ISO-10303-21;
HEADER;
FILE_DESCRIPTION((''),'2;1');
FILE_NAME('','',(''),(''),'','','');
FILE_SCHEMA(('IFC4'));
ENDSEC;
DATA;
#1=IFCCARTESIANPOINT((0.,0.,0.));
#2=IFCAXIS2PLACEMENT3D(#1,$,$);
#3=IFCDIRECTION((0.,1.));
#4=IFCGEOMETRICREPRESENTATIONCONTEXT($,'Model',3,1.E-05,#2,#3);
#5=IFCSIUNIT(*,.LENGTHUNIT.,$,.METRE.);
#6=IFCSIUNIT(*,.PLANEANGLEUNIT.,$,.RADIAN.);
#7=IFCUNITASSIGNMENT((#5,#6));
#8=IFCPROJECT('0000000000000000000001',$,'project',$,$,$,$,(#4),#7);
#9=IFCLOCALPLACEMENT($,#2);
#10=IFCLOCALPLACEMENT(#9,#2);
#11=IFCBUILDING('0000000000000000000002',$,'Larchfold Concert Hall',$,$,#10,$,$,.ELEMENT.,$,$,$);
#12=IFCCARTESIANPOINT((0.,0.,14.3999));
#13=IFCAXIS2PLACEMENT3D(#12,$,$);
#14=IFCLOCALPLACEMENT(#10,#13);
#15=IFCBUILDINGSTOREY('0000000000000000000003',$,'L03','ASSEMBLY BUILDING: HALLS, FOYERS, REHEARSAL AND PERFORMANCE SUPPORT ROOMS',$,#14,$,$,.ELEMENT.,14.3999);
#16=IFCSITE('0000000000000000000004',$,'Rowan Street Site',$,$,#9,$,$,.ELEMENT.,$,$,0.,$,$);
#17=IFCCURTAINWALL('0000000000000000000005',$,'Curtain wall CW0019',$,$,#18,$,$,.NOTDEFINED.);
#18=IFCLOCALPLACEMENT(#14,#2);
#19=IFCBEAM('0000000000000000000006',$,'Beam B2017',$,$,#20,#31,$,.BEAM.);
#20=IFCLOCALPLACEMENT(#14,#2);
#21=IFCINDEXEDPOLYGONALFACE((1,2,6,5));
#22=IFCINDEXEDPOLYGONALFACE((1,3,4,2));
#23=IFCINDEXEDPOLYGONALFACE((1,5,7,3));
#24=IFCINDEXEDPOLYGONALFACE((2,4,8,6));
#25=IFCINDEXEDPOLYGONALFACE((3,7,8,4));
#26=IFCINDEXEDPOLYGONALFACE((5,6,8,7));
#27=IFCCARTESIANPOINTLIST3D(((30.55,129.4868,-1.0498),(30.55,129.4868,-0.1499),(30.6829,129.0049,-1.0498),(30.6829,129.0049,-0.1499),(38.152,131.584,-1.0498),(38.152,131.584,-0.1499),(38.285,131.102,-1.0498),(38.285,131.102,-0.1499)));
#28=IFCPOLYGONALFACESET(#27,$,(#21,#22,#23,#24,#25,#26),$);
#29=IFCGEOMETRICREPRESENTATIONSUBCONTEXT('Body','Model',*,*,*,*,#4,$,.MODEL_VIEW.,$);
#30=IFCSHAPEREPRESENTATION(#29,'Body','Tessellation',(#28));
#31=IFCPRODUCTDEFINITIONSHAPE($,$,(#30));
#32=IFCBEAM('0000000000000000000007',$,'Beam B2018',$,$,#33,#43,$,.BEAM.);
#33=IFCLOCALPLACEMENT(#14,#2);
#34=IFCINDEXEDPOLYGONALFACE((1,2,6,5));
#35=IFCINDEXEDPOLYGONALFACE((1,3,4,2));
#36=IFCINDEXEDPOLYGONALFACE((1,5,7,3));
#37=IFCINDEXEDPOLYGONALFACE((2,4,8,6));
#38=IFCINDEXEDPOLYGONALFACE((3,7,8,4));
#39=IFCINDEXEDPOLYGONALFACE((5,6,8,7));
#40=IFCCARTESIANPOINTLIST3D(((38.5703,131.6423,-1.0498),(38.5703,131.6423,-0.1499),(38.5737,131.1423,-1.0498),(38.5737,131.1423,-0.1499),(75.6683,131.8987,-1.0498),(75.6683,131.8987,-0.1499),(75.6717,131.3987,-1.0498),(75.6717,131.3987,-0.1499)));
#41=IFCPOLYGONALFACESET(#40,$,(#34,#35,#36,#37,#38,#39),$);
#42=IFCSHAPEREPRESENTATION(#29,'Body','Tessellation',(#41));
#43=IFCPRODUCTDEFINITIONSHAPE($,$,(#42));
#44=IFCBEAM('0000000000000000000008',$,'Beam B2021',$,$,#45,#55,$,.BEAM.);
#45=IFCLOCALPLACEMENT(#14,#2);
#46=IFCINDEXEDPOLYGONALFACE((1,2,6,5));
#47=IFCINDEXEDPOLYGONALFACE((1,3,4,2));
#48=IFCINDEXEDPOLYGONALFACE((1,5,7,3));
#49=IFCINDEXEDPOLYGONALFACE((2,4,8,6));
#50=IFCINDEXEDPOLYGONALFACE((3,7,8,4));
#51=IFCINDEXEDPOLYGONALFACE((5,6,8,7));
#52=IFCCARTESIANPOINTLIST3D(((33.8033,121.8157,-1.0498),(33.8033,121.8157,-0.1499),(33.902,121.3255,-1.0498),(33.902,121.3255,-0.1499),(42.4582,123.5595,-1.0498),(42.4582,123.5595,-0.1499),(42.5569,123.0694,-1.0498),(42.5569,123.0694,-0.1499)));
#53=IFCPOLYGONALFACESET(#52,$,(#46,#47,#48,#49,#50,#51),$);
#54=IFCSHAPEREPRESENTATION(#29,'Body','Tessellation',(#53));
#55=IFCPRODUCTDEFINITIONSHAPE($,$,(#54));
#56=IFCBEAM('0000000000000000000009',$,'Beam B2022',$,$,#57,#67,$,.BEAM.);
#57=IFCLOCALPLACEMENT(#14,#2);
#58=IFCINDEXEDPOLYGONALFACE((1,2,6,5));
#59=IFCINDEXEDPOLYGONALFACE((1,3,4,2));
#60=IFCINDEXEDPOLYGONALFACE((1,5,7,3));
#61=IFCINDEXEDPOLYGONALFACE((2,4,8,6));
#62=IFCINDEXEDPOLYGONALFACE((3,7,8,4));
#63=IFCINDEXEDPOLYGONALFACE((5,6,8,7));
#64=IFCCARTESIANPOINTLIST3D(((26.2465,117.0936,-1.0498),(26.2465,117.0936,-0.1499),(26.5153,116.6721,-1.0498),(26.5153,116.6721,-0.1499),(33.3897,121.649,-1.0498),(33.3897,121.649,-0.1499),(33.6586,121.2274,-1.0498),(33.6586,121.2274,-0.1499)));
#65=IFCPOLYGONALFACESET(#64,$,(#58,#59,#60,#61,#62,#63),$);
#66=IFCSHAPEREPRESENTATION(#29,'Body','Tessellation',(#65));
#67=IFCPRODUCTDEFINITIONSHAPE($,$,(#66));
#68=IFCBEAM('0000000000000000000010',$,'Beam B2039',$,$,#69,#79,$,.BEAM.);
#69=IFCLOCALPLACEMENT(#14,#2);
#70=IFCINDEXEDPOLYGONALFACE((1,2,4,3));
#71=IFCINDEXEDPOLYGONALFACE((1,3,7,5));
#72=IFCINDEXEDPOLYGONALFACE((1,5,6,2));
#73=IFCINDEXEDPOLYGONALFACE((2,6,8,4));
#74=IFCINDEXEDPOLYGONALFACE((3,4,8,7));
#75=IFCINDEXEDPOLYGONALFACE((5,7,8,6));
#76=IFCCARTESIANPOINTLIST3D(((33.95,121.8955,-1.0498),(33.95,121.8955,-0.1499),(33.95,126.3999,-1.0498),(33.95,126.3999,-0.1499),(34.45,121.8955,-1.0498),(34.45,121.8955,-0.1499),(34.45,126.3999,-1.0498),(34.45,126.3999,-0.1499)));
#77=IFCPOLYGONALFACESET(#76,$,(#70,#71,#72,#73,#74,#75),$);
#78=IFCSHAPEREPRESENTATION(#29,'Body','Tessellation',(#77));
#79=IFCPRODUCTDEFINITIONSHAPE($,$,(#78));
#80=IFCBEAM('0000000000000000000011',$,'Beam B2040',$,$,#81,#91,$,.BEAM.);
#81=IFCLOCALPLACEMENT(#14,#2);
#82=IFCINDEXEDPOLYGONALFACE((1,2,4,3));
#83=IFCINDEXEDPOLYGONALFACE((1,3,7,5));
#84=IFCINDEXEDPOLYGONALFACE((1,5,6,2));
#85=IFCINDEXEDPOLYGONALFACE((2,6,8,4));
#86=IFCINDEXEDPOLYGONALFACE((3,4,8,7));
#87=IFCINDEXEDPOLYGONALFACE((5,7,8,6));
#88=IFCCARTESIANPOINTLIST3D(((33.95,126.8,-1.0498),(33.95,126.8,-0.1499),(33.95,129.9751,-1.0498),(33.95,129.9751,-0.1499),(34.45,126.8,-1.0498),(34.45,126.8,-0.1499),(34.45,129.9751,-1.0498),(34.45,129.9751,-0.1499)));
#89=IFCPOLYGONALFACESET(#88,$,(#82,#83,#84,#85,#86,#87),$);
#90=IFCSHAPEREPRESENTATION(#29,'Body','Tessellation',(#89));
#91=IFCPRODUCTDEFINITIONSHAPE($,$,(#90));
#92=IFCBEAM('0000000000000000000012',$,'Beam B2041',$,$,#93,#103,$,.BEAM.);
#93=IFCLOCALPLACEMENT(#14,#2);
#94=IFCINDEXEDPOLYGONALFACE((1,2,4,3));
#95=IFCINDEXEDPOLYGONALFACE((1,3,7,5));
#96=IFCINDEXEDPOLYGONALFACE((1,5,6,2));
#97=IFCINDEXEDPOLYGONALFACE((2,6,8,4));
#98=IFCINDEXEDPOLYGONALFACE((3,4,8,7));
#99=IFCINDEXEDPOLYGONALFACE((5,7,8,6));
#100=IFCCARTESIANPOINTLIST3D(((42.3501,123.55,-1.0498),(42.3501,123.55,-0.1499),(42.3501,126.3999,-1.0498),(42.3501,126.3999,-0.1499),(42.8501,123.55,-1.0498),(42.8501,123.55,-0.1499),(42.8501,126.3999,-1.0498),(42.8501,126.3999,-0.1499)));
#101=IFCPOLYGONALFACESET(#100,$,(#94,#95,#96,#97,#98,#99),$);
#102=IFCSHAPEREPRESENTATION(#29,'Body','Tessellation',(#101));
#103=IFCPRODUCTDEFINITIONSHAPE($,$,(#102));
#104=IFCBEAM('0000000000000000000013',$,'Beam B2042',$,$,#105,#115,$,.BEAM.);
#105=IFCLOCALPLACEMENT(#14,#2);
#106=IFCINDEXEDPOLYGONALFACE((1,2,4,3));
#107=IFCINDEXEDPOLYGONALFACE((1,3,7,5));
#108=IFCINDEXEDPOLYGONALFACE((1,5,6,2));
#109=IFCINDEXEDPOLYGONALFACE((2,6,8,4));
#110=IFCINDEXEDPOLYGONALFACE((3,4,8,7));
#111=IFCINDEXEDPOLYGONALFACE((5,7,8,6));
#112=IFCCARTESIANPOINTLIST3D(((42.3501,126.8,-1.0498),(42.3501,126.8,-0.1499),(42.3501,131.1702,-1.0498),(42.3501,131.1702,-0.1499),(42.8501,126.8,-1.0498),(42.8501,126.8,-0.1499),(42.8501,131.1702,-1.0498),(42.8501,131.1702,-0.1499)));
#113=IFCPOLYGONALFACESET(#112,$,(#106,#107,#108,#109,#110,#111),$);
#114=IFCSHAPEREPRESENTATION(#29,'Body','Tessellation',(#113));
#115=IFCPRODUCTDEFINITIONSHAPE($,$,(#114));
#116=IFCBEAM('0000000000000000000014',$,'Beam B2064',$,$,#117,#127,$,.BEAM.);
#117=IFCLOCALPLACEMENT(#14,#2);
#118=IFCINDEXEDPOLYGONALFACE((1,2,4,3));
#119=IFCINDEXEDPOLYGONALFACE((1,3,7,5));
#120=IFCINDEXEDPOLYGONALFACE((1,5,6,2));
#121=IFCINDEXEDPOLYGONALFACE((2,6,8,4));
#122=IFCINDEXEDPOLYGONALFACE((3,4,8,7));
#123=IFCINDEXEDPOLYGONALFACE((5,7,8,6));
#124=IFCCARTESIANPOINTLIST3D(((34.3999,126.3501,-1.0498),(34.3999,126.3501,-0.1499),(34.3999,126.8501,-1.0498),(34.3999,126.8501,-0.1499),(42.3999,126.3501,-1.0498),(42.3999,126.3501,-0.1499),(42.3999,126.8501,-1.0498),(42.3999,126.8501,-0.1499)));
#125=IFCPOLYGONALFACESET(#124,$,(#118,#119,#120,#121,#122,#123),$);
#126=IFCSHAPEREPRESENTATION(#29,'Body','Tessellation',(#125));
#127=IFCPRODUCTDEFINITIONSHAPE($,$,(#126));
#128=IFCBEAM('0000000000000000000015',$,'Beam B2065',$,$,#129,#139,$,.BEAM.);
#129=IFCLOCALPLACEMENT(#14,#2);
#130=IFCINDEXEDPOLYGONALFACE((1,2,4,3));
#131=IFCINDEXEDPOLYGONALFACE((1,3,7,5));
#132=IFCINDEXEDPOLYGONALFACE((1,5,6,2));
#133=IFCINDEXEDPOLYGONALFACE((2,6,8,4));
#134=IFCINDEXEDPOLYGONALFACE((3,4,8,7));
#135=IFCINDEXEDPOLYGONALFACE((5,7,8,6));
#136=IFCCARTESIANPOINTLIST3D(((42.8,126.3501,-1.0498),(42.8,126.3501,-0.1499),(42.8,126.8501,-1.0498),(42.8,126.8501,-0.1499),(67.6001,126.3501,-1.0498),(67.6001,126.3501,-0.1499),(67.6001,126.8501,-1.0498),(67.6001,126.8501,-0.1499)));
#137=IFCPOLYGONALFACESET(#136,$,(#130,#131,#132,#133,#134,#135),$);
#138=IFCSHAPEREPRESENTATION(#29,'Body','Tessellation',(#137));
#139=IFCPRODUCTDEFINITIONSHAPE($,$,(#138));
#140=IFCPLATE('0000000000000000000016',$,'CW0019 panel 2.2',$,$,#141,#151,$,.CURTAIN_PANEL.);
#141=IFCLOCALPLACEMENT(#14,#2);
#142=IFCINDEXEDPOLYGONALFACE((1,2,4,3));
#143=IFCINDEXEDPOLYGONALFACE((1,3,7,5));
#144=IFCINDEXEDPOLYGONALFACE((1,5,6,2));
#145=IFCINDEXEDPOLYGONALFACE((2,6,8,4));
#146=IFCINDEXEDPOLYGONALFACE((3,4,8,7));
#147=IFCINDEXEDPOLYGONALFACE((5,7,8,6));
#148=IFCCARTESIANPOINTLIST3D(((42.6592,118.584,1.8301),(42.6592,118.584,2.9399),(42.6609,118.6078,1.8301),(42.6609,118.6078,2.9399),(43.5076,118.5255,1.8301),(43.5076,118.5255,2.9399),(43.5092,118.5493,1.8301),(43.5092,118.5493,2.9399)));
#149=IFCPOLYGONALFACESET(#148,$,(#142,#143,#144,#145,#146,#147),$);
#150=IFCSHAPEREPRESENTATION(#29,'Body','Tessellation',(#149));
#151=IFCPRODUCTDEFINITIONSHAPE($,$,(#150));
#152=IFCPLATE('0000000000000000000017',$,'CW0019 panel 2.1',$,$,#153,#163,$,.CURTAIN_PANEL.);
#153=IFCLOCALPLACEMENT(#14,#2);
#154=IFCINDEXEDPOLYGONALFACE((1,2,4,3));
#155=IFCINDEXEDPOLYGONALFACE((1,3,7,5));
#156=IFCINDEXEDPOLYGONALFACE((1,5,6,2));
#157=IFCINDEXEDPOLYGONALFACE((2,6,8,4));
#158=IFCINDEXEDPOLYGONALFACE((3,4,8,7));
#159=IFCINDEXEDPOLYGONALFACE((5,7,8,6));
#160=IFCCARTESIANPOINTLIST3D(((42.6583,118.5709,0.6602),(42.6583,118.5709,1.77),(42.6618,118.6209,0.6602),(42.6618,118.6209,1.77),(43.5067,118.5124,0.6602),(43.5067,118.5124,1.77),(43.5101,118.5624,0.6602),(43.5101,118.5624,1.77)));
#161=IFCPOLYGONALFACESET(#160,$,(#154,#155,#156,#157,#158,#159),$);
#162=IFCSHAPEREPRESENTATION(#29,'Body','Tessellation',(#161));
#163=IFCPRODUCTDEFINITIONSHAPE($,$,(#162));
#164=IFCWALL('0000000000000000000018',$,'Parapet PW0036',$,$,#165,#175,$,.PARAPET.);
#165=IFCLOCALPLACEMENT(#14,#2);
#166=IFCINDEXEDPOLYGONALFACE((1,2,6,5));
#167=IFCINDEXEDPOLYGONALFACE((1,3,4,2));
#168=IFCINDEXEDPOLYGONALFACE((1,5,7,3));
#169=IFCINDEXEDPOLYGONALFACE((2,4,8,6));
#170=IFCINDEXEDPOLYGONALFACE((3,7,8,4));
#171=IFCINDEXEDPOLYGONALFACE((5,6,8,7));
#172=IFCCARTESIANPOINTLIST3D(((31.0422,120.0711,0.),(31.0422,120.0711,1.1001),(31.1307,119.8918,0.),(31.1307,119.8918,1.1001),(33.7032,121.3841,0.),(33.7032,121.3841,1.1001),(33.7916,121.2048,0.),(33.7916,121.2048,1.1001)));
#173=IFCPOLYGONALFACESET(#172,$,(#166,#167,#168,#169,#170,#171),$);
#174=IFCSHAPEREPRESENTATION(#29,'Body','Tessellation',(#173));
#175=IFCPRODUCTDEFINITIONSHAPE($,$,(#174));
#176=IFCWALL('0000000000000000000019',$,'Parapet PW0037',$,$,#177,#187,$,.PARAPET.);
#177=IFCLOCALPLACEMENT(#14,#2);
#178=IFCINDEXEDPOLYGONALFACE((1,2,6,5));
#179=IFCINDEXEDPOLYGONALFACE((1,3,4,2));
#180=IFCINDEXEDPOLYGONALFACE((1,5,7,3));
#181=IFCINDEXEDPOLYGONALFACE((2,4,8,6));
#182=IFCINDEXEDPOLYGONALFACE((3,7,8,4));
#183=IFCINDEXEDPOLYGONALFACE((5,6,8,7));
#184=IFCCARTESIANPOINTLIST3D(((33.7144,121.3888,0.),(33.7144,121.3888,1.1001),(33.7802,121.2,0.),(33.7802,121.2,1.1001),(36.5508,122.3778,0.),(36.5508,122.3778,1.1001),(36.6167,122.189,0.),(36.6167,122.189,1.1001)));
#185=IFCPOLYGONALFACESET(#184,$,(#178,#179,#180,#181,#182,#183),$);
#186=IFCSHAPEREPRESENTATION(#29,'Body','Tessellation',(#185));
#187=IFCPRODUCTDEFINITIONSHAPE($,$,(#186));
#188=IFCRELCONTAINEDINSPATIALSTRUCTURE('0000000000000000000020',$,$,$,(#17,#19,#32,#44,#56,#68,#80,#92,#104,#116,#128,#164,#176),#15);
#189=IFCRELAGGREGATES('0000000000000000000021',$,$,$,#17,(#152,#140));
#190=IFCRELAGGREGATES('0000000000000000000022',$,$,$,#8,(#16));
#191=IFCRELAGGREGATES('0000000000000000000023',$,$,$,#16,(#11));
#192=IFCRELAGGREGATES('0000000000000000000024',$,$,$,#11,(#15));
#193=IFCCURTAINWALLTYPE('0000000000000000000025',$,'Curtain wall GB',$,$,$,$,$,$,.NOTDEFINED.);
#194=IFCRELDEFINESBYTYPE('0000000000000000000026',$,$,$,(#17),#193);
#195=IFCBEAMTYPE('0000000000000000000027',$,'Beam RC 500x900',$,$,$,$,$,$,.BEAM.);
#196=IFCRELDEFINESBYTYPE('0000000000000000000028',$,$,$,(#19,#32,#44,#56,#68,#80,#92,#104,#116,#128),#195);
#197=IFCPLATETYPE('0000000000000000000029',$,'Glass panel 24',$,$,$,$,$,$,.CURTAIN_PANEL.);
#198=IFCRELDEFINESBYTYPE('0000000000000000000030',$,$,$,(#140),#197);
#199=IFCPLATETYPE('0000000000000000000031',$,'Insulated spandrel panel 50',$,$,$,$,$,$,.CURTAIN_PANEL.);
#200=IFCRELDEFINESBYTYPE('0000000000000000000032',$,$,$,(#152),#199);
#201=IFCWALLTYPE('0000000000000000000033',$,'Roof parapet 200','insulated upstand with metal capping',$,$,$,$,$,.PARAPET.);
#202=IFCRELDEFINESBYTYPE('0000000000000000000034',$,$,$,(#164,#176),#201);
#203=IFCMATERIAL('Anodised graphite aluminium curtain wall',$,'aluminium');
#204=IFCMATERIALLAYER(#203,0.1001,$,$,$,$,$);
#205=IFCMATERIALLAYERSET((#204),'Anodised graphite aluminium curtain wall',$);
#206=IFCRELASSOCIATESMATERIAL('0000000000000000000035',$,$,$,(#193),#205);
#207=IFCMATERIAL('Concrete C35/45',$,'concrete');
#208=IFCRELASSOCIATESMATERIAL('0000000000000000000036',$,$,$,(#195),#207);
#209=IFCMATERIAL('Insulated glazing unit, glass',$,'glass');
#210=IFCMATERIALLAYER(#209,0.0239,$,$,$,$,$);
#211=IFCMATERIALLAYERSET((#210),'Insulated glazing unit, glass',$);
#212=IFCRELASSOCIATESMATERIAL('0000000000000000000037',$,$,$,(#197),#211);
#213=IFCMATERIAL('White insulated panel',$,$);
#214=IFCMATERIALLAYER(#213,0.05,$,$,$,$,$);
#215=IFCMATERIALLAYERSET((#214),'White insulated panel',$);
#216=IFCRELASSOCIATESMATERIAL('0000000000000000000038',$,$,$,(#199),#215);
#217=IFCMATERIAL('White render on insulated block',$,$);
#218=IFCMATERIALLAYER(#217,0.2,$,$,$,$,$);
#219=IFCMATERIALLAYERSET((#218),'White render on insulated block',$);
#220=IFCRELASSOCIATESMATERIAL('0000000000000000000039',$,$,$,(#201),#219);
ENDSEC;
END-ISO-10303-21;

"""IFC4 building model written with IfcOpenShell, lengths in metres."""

from ifc_helpers import new_model, si_unit, direction, frame, frame_2d, origin, origin_2d, place, context, subcontext, project, spatial, rectangle, extrude, material, layer, layer_set, material_profile, profile_set, type_object, element, aggregate, save


model = new_model("IFC4")

# Units and contexts
model_context = context("Model", 3, precision=1e-05, world=origin(), true_north=direction((0.0, 1.0)))
body_context = subcontext(model_context, "Body", "Model", "MODEL_VIEW")
ifc_project = project(units=[si_unit("LENGTHUNIT", "METRE"), si_unit("PLANEANGLEUNIT", "RADIAN")], contexts=[model_context])

# Site, building, storey
site_placement = place(None, origin())
site = spatial("IfcSite", under=ifc_project, at=site_placement, Name="Rowan Street Site", CompositionType="ELEMENT", RefElevation=0.0)
building_placement = place(site_placement, origin())
building = spatial("IfcBuilding", under=site, at=building_placement, Name="Larchfold Concert Hall", CompositionType="ELEMENT")
storey_placement = place(building_placement, frame((0.0, 0.0, 14.3999)))
storey = spatial("IfcBuildingStorey", under=building, at=storey_placement, Name="L03", Description="ASSEMBLY BUILDING: HALLS, FOYERS, REHEARSAL AND PERFORMANCE SUPPORT ROOMS", CompositionType="ELEMENT", Elevation=14.3999)

# Curtain wall
ifc_material_1 = material(Name="Anodised graphite aluminium curtain wall", Category="aluminium")
ifc_layer_1 = layer(ifc_material_1, 0.1001)
ifc_layer_set_1 = layer_set([ifc_layer_1], Name="Anodised graphite aluminium curtain wall")
curtain_wall_type = type_object("IfcCurtainWallType", Name="Curtain wall GB", PredefinedType="NOTDEFINED", material=ifc_layer_set_1)
curtain_wall_1_placement = place(storey_placement, origin())
curtain_wall_1 = element("IfcCurtainWall", 1, at=curtain_wall_1_placement, inside=storey, type_object=curtain_wall_type, Name="Curtain wall CW0019", PredefinedType="NOTDEFINED")

# Beams
ifc_material_2 = material(Name="Concrete C35/45", Category="concrete")
ifc_material_profile_1 = material_profile(ifc_material_2, rectangle(XDim=0.5, YDim=0.8999, at=origin_2d()))
ifc_profile_set_1 = profile_set([ifc_material_profile_1], Name="Concrete C35/45")
beam_type = type_object("IfcBeamType", Name="Beam RC 500x900", PredefinedType="BEAM", material=ifc_profile_set_1)
beam_1_placement = place(storey_placement, frame((30.6165, 129.2458, -0.5999), z_axis=(0.963991, 0.265935, 0.0), x_axis=(-0.265935, 0.963991, 0.0)))
element("IfcBeam", 2, at=beam_1_placement, inside=storey, type_object=beam_type, Name="Beam B2017", PredefinedType="BEAM", context=body_context, shape_type="SweptSolid", body=[
    extrude(rectangle(XDim=0.5, YDim=0.8999, at=origin_2d()), origin(), (0.0, 0.0, 1.0), 7.886),
])
beam_2_placement = place(storey_placement, frame((38.572, 131.3923, -0.5999), z_axis=(0.999976, 0.00691, 0.0), x_axis=(-0.00691, 0.999976, 0.0)))
element("IfcBeam", 3, at=beam_2_placement, inside=storey, type_object=beam_type, Name="Beam B2018", PredefinedType="BEAM", context=body_context, shape_type="SweptSolid", body=[
    extrude(rectangle(XDim=0.5, YDim=0.8999, at=origin_2d()), origin(), (0.0, 0.0, 1.0), 37.0989),
])
beam_3_placement = place(storey_placement, frame((42.5076, 123.3145, -0.5999), z_axis=(-0.980299, -0.19752, 0.0), x_axis=(0.19752, -0.980299, 0.0)))
element("IfcBeam", 4, at=beam_3_placement, inside=storey, type_object=beam_type, Name="Beam B2021", PredefinedType="BEAM", context=body_context, shape_type="SweptSolid", body=[
    extrude(rectangle(XDim=0.5, YDim=0.8999, at=origin_2d()), origin(), (0.0, 0.0, 1.0), 8.8289),
])
beam_4_placement = place(storey_placement, frame((33.5242, 121.4382, -0.5999), z_axis=(-0.843144, -0.537688, 0.0), x_axis=(0.537688, -0.843144, 0.0)))
element("IfcBeam", 5, at=beam_4_placement, inside=storey, type_object=beam_type, Name="Beam B2022", PredefinedType="BEAM", context=body_context, shape_type="SweptSolid", body=[
    extrude(rectangle(XDim=0.5, YDim=0.8999, at=origin_2d()), origin(), (0.0, 0.0, 1.0), 8.4722),
])
beam_5_placement = place(storey_placement, frame((34.2, 121.8955, -0.5999), z_axis=(0.0, 1.0, 0.0), x_axis=(-1.0, 0.0, 0.0)))
element("IfcBeam", 6, at=beam_5_placement, inside=storey, type_object=beam_type, Name="Beam B2039", PredefinedType="BEAM", context=body_context, shape_type="SweptSolid", body=[
    extrude(rectangle(XDim=0.5, YDim=0.8999, at=origin_2d()), origin(), (0.0, 0.0, 1.0), 4.5044),
])
beam_6_placement = place(storey_placement, frame((34.2, 126.8, -0.5999), z_axis=(0.0, 1.0, 0.0), x_axis=(-1.0, 0.0, 0.0)))
element("IfcBeam", 7, at=beam_6_placement, inside=storey, type_object=beam_type, Name="Beam B2040", PredefinedType="BEAM", context=body_context, shape_type="SweptSolid", body=[
    extrude(rectangle(XDim=0.5, YDim=0.8999, at=origin_2d()), origin(), (0.0, 0.0, 1.0), 3.175),
])
beam_7_placement = place(storey_placement, frame((42.6001, 123.55, -0.5999), z_axis=(0.0, 1.0, 0.0), x_axis=(-1.0, 0.0, 0.0)))
element("IfcBeam", 8, at=beam_7_placement, inside=storey, type_object=beam_type, Name="Beam B2041", PredefinedType="BEAM", context=body_context, shape_type="SweptSolid", body=[
    extrude(rectangle(XDim=0.5, YDim=0.8999, at=origin_2d()), origin(), (0.0, 0.0, 1.0), 2.8499),
])
beam_8_placement = place(storey_placement, frame((42.6001, 126.8, -0.5999), z_axis=(0.0, 1.0, 0.0), x_axis=(-1.0, 0.0, 0.0)))
element("IfcBeam", 9, at=beam_8_placement, inside=storey, type_object=beam_type, Name="Beam B2042", PredefinedType="BEAM", context=body_context, shape_type="SweptSolid", body=[
    extrude(rectangle(XDim=0.5, YDim=0.8999, at=origin_2d()), origin(), (0.0, 0.0, 1.0), 4.3701),
])
beam_9_placement = place(storey_placement, frame((34.3999, 126.6001, -0.5999), z_axis=(1.0, 0.0, 0.0), x_axis=(0.0, 1.0, 0.0)))
element("IfcBeam", 10, at=beam_9_placement, inside=storey, type_object=beam_type, Name="Beam B2064", PredefinedType="BEAM", context=body_context, shape_type="SweptSolid", body=[
    extrude(rectangle(XDim=0.5, YDim=0.8999, at=origin_2d()), origin(), (0.0, 0.0, 1.0), 8.0),
])
beam_10_placement = place(storey_placement, frame((42.8, 126.6001, -0.5999), z_axis=(1.0, 0.0, 0.0), x_axis=(0.0, 1.0, 0.0)))
element("IfcBeam", 11, at=beam_10_placement, inside=storey, type_object=beam_type, Name="Beam B2065", PredefinedType="BEAM", context=body_context, shape_type="SweptSolid", body=[
    extrude(rectangle(XDim=0.5, YDim=0.8999, at=origin_2d()), origin(), (0.0, 0.0, 1.0), 24.8),
])

# Plates
ifc_material_3 = material(Name="Insulated glazing unit, glass", Category="glass")
ifc_layer_2 = layer(ifc_material_3, 0.0239)
ifc_layer_set_2 = layer_set([ifc_layer_2], Name="Insulated glazing unit, glass")
plate_type_1 = type_object("IfcPlateType", Name="Glass panel 24", PredefinedType="CURTAIN_PANEL", material=ifc_layer_set_2)
plate_1_placement = place(storey_placement, frame((43.0842, 118.5667, 1.8301), z_axis=(0.0, 0.0, 1.0), x_axis=(-0.997631, 0.068793, 0.0)))
plate_1 = element("IfcPlate", 12, at=plate_1_placement, type_object=plate_type_1, Name="CW0019 panel 2.2", PredefinedType="CURTAIN_PANEL", context=body_context, shape_type="SweptSolid", body=[
    extrude(rectangle(XDim=0.8503, YDim=0.0239, at=origin_2d()), origin(), (0.0, 0.0, 1.0), 1.1099),
])
ifc_material_4 = material(Name="White insulated panel")
ifc_layer_3 = layer(ifc_material_4, 0.05)
ifc_layer_set_3 = layer_set([ifc_layer_3], Name="White insulated panel")
plate_type_2 = type_object("IfcPlateType", Name="Insulated spandrel panel 50", PredefinedType="CURTAIN_PANEL", material=ifc_layer_set_3)
plate_2_placement = place(storey_placement, frame((43.0842, 118.5667, 0.6602), z_axis=(0.0, 0.0, 1.0), x_axis=(-0.997631, 0.068793, 0.0)))
plate_2 = element("IfcPlate", 13, at=plate_2_placement, type_object=plate_type_2, Name="CW0019 panel 2.1", PredefinedType="CURTAIN_PANEL", context=body_context, shape_type="SweptSolid", body=[
    extrude(rectangle(XDim=0.8503, YDim=0.05, at=origin_2d()), origin(), (0.0, 0.0, 1.0), 1.1099),
])
aggregate(curtain_wall_1, [plate_2, plate_1])

# Walls
ifc_material_5 = material(Name="White render on insulated block")
ifc_layer_4 = layer(ifc_material_5, 0.2)
ifc_layer_set_4 = layer_set([ifc_layer_4], Name="White render on insulated block")
wall_type_1 = type_object("IfcWallType", Name="Roof parapet 200", Description="insulated upstand with metal capping", PredefinedType="PARAPET", material=ifc_layer_set_4)
wall_1_placement = place(storey_placement, frame((31.0864, 119.9814, 0.0), z_axis=(0.0, 0.0, 1.0), x_axis=(0.896768, 0.442501, 0.0)))
element("IfcWall", 14, at=wall_1_placement, inside=storey, type_object=wall_type_1, Name="Parapet PW0036", PredefinedType="PARAPET", context=body_context, shape_type="SweptSolid", body=[
    extrude(rectangle(XDim=2.9673, YDim=0.2, at=frame_2d((1.4836, 0.0))), origin(), (0.0, 0.0, 1.0), 1.1001),
])
wall_2_placement = place(storey_placement, frame((33.7473, 121.2944, 0.0), z_axis=(0.0, 0.0, 1.0), x_axis=(0.944245, 0.329242, 0.0)))
element("IfcWall", 15, at=wall_2_placement, inside=storey, type_object=wall_type_1, Name="Parapet PW0037", PredefinedType="PARAPET", context=body_context, shape_type="SweptSolid", body=[
    extrude(rectangle(XDim=3.0039, YDim=0.2, at=frame_2d((1.502, 0.0))), origin(), (0.0, 0.0, 1.0), 1.1001),
])

save(model, "model.ifc")
